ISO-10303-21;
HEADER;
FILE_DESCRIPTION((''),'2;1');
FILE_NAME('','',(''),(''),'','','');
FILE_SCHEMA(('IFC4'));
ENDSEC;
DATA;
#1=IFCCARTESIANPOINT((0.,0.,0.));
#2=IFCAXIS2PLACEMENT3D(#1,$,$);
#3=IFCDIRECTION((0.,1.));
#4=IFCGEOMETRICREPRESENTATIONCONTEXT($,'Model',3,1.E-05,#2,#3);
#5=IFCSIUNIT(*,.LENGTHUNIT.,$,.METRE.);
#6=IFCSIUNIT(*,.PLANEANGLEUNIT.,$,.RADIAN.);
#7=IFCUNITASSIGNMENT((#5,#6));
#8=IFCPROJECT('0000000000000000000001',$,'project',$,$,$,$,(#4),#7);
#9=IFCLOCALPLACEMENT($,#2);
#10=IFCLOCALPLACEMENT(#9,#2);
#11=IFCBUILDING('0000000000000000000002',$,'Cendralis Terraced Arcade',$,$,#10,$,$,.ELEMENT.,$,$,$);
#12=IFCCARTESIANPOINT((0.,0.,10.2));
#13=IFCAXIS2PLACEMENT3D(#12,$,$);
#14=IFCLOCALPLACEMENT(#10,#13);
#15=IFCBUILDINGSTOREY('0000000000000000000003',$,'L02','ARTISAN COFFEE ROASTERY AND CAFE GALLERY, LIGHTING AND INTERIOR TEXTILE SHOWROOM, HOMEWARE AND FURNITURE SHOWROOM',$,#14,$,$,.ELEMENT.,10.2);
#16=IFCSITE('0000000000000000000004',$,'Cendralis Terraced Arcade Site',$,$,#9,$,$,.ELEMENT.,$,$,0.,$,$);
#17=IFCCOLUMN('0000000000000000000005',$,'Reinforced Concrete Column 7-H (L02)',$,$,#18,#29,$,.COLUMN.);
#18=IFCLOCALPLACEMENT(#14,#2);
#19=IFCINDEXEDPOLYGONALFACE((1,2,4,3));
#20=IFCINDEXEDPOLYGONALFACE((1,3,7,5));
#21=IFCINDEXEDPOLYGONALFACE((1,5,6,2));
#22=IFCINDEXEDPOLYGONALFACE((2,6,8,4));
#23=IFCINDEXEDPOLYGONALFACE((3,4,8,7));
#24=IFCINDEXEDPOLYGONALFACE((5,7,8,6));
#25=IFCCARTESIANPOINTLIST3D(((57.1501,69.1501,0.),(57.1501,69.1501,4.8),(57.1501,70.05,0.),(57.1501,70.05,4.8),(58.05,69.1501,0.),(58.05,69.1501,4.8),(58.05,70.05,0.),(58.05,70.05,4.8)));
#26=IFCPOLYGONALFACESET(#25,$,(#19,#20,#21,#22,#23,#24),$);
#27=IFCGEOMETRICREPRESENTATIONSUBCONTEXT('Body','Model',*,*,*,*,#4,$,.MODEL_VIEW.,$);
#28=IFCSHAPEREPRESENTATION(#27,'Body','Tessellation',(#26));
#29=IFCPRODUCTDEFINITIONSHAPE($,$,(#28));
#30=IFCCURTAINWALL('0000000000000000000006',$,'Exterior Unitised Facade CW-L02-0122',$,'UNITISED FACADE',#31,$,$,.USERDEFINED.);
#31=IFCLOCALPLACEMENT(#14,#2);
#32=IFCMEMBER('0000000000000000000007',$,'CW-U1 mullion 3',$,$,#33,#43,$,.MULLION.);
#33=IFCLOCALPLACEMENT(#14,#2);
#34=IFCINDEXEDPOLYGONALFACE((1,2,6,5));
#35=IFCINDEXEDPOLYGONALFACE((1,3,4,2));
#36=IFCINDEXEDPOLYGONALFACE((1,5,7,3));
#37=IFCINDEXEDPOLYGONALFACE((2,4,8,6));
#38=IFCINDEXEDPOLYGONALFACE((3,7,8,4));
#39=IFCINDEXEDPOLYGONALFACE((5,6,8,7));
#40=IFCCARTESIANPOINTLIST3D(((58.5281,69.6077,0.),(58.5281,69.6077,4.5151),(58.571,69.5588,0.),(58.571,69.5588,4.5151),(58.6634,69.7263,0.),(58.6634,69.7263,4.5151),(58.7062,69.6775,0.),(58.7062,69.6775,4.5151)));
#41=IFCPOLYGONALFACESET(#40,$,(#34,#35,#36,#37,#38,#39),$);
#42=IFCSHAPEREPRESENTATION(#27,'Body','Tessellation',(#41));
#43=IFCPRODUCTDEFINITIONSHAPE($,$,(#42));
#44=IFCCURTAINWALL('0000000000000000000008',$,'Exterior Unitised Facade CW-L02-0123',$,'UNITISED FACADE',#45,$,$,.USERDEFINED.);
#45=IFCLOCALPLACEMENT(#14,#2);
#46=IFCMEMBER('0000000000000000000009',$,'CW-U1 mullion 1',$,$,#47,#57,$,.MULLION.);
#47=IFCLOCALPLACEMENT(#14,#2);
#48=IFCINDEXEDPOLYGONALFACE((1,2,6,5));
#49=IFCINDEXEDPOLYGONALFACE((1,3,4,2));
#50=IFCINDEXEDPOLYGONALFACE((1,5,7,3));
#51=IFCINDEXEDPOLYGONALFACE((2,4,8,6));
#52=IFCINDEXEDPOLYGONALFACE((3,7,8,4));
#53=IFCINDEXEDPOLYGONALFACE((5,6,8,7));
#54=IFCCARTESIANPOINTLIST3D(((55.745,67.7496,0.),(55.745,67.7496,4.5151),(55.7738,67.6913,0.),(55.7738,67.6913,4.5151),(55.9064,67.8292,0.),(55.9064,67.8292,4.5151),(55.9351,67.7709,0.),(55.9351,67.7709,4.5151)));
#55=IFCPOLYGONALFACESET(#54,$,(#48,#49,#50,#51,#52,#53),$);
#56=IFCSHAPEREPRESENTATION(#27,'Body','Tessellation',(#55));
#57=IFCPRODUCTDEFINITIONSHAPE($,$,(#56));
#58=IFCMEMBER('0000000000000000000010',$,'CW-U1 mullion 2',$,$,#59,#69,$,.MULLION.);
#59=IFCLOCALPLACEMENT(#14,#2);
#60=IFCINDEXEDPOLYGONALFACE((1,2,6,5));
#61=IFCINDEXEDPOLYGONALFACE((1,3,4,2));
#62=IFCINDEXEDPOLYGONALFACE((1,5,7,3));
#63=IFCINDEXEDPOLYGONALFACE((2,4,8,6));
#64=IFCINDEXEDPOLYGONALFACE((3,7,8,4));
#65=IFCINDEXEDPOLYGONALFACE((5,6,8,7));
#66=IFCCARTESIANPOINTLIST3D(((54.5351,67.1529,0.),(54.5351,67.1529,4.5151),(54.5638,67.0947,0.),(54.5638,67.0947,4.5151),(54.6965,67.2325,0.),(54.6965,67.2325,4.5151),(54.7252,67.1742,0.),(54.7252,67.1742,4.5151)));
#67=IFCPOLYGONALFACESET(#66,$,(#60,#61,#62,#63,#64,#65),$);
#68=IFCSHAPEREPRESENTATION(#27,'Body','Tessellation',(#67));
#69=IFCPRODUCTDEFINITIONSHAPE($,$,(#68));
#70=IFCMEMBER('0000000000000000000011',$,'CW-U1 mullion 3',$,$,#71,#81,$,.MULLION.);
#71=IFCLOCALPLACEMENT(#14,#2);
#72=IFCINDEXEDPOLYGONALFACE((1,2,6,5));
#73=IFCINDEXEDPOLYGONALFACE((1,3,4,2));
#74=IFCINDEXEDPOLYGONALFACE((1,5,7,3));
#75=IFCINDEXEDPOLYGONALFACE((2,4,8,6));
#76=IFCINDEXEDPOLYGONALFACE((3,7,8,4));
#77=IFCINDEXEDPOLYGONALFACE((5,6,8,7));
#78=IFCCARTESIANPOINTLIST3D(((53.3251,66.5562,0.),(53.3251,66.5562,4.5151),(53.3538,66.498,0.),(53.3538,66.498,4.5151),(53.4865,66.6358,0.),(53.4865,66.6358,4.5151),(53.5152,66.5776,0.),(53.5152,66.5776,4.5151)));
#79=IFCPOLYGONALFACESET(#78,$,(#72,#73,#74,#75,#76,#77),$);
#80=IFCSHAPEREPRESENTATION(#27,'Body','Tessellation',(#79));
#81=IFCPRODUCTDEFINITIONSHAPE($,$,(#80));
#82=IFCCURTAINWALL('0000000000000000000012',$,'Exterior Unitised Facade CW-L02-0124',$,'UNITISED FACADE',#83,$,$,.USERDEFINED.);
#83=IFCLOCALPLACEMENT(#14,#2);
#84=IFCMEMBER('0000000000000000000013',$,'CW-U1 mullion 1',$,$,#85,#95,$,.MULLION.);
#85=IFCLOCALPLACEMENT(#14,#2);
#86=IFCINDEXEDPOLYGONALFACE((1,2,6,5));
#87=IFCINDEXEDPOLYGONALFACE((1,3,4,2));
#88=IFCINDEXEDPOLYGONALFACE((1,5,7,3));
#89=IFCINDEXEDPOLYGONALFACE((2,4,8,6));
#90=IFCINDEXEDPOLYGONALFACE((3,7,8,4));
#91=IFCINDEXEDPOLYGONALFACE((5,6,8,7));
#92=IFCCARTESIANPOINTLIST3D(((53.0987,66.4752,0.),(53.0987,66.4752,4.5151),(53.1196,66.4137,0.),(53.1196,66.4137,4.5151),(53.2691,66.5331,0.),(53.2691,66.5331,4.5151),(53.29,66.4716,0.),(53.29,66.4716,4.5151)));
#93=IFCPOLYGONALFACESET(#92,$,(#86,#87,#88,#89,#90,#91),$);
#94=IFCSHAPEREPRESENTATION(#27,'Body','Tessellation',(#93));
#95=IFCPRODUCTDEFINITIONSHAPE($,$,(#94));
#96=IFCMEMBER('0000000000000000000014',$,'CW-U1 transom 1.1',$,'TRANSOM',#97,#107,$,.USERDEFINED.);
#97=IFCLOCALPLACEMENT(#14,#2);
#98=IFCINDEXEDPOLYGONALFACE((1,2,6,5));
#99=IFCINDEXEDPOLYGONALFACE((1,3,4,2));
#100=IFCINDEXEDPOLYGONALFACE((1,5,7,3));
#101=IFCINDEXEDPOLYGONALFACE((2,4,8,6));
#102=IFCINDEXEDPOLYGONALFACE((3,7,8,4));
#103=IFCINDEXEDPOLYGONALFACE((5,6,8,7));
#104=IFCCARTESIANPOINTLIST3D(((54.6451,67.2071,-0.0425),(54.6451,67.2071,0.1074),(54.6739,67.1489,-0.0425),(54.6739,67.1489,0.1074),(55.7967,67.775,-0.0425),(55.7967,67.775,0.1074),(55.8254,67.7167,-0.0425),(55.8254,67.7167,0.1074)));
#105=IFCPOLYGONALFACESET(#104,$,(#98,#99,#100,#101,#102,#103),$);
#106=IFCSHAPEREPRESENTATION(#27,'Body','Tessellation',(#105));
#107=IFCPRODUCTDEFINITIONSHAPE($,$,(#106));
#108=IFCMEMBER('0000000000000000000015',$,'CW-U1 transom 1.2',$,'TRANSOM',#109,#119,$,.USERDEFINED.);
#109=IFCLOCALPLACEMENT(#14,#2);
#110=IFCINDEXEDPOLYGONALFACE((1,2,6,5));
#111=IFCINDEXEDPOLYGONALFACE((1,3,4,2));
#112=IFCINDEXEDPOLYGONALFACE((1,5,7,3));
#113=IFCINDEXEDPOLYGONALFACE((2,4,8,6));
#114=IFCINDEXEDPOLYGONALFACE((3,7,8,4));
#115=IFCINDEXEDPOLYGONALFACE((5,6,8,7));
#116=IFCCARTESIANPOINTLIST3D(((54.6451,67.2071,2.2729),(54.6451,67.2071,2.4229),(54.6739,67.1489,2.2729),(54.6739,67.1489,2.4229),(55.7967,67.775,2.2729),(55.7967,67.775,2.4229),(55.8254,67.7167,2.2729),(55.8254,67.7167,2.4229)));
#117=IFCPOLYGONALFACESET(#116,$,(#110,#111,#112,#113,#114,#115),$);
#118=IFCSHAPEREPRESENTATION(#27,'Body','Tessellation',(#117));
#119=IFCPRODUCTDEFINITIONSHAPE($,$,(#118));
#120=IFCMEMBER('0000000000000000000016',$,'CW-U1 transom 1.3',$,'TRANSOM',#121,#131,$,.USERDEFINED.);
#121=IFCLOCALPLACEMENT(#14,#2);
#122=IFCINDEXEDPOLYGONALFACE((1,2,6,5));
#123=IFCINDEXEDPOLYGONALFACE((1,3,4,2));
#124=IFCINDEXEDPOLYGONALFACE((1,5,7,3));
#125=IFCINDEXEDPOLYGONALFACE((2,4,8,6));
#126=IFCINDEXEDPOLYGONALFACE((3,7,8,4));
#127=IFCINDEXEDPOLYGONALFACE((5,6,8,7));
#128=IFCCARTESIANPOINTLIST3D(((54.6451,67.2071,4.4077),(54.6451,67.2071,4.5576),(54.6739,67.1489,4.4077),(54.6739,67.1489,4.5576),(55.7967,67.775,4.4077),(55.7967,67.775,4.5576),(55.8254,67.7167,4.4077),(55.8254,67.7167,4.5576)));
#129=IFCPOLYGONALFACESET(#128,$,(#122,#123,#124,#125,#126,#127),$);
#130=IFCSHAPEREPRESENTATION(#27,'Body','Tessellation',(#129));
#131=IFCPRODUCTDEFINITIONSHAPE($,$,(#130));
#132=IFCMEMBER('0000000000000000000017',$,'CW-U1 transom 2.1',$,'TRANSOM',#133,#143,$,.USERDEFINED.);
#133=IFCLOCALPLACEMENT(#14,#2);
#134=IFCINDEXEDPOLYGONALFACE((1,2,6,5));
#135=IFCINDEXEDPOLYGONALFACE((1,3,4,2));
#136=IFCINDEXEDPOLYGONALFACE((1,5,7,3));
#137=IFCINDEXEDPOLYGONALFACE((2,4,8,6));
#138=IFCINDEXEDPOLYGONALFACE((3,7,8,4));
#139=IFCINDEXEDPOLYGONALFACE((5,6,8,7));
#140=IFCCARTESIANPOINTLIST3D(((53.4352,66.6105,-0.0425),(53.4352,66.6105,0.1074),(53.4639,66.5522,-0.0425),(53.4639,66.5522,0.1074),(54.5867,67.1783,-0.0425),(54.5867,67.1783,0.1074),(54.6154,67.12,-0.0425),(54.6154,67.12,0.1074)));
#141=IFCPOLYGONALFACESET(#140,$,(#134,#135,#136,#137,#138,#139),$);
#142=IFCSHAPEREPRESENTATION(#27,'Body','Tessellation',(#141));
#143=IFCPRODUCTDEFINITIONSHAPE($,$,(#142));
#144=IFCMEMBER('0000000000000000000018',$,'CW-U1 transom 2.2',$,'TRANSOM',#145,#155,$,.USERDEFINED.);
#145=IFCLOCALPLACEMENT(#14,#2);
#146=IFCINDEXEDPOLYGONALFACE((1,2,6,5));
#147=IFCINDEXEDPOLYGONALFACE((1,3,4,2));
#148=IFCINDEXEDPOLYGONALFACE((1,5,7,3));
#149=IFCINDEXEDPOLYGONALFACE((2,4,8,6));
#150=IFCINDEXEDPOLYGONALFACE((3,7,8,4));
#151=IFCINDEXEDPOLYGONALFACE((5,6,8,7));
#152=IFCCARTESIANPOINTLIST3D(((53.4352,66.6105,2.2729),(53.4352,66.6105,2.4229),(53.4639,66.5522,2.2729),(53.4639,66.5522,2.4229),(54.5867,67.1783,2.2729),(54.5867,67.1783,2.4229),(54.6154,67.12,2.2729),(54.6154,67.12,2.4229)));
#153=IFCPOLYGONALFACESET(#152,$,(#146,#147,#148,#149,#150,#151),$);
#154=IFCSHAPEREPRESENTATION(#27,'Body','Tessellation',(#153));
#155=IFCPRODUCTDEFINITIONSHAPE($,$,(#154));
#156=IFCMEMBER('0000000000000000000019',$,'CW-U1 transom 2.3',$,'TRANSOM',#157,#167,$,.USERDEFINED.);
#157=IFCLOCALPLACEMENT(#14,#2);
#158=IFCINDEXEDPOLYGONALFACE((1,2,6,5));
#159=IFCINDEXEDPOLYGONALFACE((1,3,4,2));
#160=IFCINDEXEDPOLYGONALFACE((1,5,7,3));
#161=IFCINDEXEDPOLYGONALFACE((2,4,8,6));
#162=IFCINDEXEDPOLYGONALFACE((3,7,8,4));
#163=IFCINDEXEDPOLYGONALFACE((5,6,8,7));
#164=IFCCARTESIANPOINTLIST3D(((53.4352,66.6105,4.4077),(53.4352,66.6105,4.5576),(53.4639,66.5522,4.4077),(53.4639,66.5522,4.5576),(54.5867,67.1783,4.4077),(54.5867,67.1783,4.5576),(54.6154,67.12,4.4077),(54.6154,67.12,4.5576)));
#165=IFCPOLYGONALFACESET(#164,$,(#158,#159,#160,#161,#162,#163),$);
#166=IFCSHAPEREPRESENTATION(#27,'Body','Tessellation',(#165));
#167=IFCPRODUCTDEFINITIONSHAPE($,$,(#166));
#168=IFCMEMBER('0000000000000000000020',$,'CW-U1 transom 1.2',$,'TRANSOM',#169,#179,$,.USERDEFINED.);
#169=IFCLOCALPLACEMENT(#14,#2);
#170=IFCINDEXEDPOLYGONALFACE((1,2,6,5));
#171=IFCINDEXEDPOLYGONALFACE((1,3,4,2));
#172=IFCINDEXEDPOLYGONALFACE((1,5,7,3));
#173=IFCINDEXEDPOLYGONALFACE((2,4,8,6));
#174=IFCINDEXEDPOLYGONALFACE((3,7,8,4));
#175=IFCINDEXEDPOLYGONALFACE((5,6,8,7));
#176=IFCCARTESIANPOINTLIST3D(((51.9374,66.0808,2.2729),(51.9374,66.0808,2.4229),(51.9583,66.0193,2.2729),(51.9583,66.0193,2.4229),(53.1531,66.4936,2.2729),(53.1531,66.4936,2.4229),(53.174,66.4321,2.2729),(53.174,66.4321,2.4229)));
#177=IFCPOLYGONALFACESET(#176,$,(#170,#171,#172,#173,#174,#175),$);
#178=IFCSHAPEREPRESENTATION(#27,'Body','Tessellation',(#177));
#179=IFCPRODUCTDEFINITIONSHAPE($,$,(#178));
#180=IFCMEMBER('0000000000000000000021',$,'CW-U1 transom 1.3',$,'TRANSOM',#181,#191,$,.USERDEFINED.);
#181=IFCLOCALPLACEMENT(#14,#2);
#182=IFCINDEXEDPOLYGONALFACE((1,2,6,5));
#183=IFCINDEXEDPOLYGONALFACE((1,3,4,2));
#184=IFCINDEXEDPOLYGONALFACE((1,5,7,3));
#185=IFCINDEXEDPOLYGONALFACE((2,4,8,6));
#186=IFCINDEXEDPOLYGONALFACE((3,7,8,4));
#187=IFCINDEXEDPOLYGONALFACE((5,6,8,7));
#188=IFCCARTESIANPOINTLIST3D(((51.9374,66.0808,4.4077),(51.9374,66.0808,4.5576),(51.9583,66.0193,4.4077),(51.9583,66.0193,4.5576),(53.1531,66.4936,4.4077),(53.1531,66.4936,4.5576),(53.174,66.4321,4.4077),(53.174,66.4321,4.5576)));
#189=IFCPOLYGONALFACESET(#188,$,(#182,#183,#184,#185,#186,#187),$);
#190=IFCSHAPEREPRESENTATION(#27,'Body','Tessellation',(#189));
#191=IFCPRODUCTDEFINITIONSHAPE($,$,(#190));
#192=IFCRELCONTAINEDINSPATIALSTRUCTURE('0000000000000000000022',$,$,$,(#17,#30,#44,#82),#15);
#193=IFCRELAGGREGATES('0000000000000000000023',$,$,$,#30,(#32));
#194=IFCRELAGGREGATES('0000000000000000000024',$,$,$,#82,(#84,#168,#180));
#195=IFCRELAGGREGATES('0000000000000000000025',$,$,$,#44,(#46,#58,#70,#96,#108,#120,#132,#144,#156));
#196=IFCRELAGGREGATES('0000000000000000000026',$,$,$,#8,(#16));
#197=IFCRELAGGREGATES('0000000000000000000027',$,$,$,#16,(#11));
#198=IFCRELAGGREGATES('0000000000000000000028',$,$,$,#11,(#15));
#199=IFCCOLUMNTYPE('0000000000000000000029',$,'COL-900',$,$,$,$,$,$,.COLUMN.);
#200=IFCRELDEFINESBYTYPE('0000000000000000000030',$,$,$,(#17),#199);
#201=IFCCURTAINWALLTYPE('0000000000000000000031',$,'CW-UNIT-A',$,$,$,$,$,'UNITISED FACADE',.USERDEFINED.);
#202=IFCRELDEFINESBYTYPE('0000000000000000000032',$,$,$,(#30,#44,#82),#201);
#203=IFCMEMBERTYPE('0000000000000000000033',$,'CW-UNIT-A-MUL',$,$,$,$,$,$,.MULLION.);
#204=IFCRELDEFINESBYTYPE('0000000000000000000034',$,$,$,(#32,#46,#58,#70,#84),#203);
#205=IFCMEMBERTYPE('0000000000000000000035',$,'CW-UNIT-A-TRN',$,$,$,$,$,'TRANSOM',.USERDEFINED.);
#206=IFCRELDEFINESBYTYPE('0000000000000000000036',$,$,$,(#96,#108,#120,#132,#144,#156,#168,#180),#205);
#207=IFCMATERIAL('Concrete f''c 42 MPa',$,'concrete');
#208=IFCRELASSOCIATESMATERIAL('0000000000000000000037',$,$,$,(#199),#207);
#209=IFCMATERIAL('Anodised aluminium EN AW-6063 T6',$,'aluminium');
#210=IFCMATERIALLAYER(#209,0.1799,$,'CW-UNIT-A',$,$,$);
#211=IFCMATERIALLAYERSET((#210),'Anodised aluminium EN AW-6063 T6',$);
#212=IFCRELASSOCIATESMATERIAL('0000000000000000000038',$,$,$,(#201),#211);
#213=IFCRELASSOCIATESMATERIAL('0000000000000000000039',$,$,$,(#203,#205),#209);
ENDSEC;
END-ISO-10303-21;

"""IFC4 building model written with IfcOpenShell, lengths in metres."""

from ifc_helpers import new_model, si_unit, direction, frame, origin, origin_2d, place, context, subcontext, project, spatial, rectangle, extrude, material, layer, layer_set, material_profile, profile_set, type_object, element, aggregate, save


model = new_model("IFC4")

# Units and contexts
model_context = context("Model", 3, precision=1e-05, world=origin(), true_north=direction((0.0, 1.0)))
body_context = subcontext(model_context, "Body", "Model", "MODEL_VIEW")
ifc_project = project(units=[si_unit("LENGTHUNIT", "METRE"), si_unit("PLANEANGLEUNIT", "RADIAN")], contexts=[model_context])

# Site, building, storey
site_placement = place(None, origin())
site = spatial("IfcSite", under=ifc_project, at=site_placement, Name="Cendralis Terraced Arcade Site", CompositionType="ELEMENT", RefElevation=0.0)
building_placement = place(site_placement, origin())
building = spatial("IfcBuilding", under=site, at=building_placement, Name="Cendralis Terraced Arcade", CompositionType="ELEMENT")
storey_placement = place(building_placement, frame((0.0, 0.0, 10.2)))
storey = spatial("IfcBuildingStorey", under=building, at=storey_placement, Name="L02", Description="ARTISAN COFFEE ROASTERY AND CAFE GALLERY, LIGHTING AND INTERIOR TEXTILE SHOWROOM, HOMEWARE AND FURNITURE SHOWROOM", CompositionType="ELEMENT", Elevation=10.2)

# Column
ifc_material_1 = material(Name="Concrete f'c 42 MPa", Category="concrete")
ifc_material_profile_1 = material_profile(ifc_material_1, rectangle(XDim=0.8999, YDim=0.8999, at=origin_2d()), Name="RC-COL-900x900", Category="LoadBearing")
ifc_profile_set_1 = profile_set([ifc_material_profile_1], Name="Concrete f'c 42 MPa")
column_type = type_object("IfcColumnType", Name="COL-900", PredefinedType="COLUMN", material=ifc_profile_set_1)
column_placement = place(storey_placement, frame((57.6001, 69.6001, 0.0), z_axis=(0.0, 0.0, 1.0), x_axis=(1.0, 0.0, 0.0)))
element("IfcColumn", 1, at=column_placement, inside=storey, type_object=column_type, Name="Reinforced Concrete Column 7-H (L02)", PredefinedType="COLUMN", context=body_context, shape_type="SweptSolid", body=[
    extrude(rectangle(XDim=0.8999, YDim=0.8999, at=origin_2d()), origin(), (0.0, 0.0, 1.0), 4.8),
])

# Curtain wall, member
ifc_material_2 = material(Name="Anodised aluminium EN AW-6063 T6", Category="aluminium")
ifc_layer_1 = layer(ifc_material_2, 0.1799, Name="CW-UNIT-A")
ifc_layer_set_1 = layer_set([ifc_layer_1], Name="Anodised aluminium EN AW-6063 T6")
curtain_wall_type = type_object("IfcCurtainWallType", Name="CW-UNIT-A", ElementType="UNITISED FACADE", PredefinedType="USERDEFINED", material=ifc_layer_set_1)
curtain_wall_1_placement = place(storey_placement, origin())
curtain_wall_1 = element("IfcCurtainWall", 2, at=curtain_wall_1_placement, inside=storey, type_object=curtain_wall_type, Name="Exterior Unitised Facade CW-L02-0122", ObjectType="UNITISED FACADE", PredefinedType="USERDEFINED")
ifc_material_profile_2 = material_profile(ifc_material_2, rectangle(XDim=0.0649, YDim=0.1799, at=origin_2d()), Name="ALU-MUL-65x180")
ifc_profile_set_2 = profile_set([ifc_material_profile_2], Name="Anodised aluminium EN AW-6063 T6")
member_type_1 = type_object("IfcMemberType", Name="CW-UNIT-A-MUL", PredefinedType="MULLION", material=ifc_profile_set_2)
member_1_placement = place(storey_placement, frame((58.6172, 69.6426, 0.0), z_axis=(0.0, 0.0, 1.0), x_axis=(0.659372, -0.751816, 0.0)))
member_1 = element("IfcMember", 3, at=member_1_placement, type_object=member_type_1, Name="CW-U1 mullion 3", PredefinedType="MULLION", context=body_context, shape_type="SweptSolid", body=[
    extrude(rectangle(XDim=0.0649, YDim=0.1799, at=origin_2d()), origin(), (0.0, 0.0, 1.0), 4.5151),
])
aggregate(curtain_wall_1, [member_1])

# Curtain wall, members
curtain_wall_2_placement = place(storey_placement, origin())
curtain_wall_2 = element("IfcCurtainWall", 4, at=curtain_wall_2_placement, inside=storey, type_object=curtain_wall_type, Name="Exterior Unitised Facade CW-L02-0123", ObjectType="UNITISED FACADE", PredefinedType="USERDEFINED")
member_2_placement = place(storey_placement, frame((55.8401, 67.7603, 0.0), z_axis=(0.0, 0.0, 1.0), x_axis=(0.442285, -0.896875, 0.0)))
member_2 = element("IfcMember", 5, at=member_2_placement, type_object=member_type_1, Name="CW-U1 mullion 1", PredefinedType="MULLION", context=body_context, shape_type="SweptSolid", body=[
    extrude(rectangle(XDim=0.0649, YDim=0.1799, at=origin_2d()), origin(), (0.0, 0.0, 1.0), 4.5151),
])
member_3_placement = place(storey_placement, frame((54.6301, 67.1636, 0.0), z_axis=(0.0, 0.0, 1.0), x_axis=(0.442285, -0.896875, 0.0)))
member_3 = element("IfcMember", 6, at=member_3_placement, type_object=member_type_1, Name="CW-U1 mullion 2", PredefinedType="MULLION", context=body_context, shape_type="SweptSolid", body=[
    extrude(rectangle(XDim=0.0649, YDim=0.1799, at=origin_2d()), origin(), (0.0, 0.0, 1.0), 4.5151),
])
member_4_placement = place(storey_placement, frame((53.4202, 66.5669, 0.0), z_axis=(0.0, 0.0, 1.0), x_axis=(0.442285, -0.896875, 0.0)))
member_4 = element("IfcMember", 7, at=member_4_placement, type_object=member_type_1, Name="CW-U1 mullion 3", PredefinedType="MULLION", context=body_context, shape_type="SweptSolid", body=[
    extrude(rectangle(XDim=0.0649, YDim=0.1799, at=origin_2d()), origin(), (0.0, 0.0, 1.0), 4.5151),
])

# Curtain wall, member
curtain_wall_3_placement = place(storey_placement, origin())
curtain_wall_3 = element("IfcCurtainWall", 8, at=curtain_wall_3_placement, inside=storey, type_object=curtain_wall_type, Name="Exterior Unitised Facade CW-L02-0124", ObjectType="UNITISED FACADE", PredefinedType="USERDEFINED")
member_5_placement = place(storey_placement, frame((53.1943, 66.4734, 0.0), z_axis=(0.0, 0.0, 1.0), x_axis=(0.321434, -0.946932, 0.0)))
member_5 = element("IfcMember", 9, at=member_5_placement, type_object=member_type_1, Name="CW-U1 mullion 1", PredefinedType="MULLION", context=body_context, shape_type="SweptSolid", body=[
    extrude(rectangle(XDim=0.0649, YDim=0.1799, at=origin_2d()), origin(), (0.0, 0.0, 1.0), 4.5151),
])

# Members
ifc_material_profile_3 = material_profile(ifc_material_2, rectangle(XDim=0.0649, YDim=0.1499, at=origin_2d()), Name="ALU-TRN-65x150")
ifc_profile_set_3 = profile_set([ifc_material_profile_3], Name="Anodised aluminium EN AW-6063 T6")
member_type_2 = type_object("IfcMemberType", Name="CW-UNIT-A-TRN", ElementType="TRANSOM", PredefinedType="USERDEFINED", material=ifc_profile_set_3)
member_6_placement = place(storey_placement, frame((55.811, 67.7458, 0.0325), z_axis=(-0.896885, -0.442263, 0.0), x_axis=(0.442263, -0.896885, 0.0)))
member_6 = element("IfcMember", 10, at=member_6_placement, type_object=member_type_2, Name="CW-U1 transom 1.1", ObjectType="TRANSOM", PredefinedType="USERDEFINED", context=body_context, shape_type="SweptSolid", body=[
    extrude(rectangle(XDim=0.0649, YDim=0.1499, at=origin_2d()), origin(), (0.0, 0.0, 1.0), 1.2839),
])
member_7_placement = place(storey_placement, frame((55.811, 67.7458, 2.3479), z_axis=(-0.896885, -0.442263, 0.0), x_axis=(0.442263, -0.896885, 0.0)))
member_7 = element("IfcMember", 11, at=member_7_placement, type_object=member_type_2, Name="CW-U1 transom 1.2", ObjectType="TRANSOM", PredefinedType="USERDEFINED", context=body_context, shape_type="SweptSolid", body=[
    extrude(rectangle(XDim=0.0649, YDim=0.1499, at=origin_2d()), origin(), (0.0, 0.0, 1.0), 1.2839),
])
member_8_placement = place(storey_placement, frame((55.811, 67.7458, 4.4827), z_axis=(-0.896885, -0.442263, 0.0), x_axis=(0.442263, -0.896885, 0.0)))
member_8 = element("IfcMember", 12, at=member_8_placement, type_object=member_type_2, Name="CW-U1 transom 1.3", ObjectType="TRANSOM", PredefinedType="USERDEFINED", context=body_context, shape_type="SweptSolid", body=[
    extrude(rectangle(XDim=0.0649, YDim=0.1499, at=origin_2d()), origin(), (0.0, 0.0, 1.0), 1.2839),
])
member_9_placement = place(storey_placement, frame((54.6011, 67.1492, 0.0325), z_axis=(-0.896885, -0.442263, 0.0), x_axis=(0.442263, -0.896885, 0.0)))
member_9 = element("IfcMember", 13, at=member_9_placement, type_object=member_type_2, Name="CW-U1 transom 2.1", ObjectType="TRANSOM", PredefinedType="USERDEFINED", context=body_context, shape_type="SweptSolid", body=[
    extrude(rectangle(XDim=0.0649, YDim=0.1499, at=origin_2d()), origin(), (0.0, 0.0, 1.0), 1.2839),
])
member_10_placement = place(storey_placement, frame((54.6011, 67.1492, 2.3479), z_axis=(-0.896885, -0.442263, 0.0), x_axis=(0.442263, -0.896885, 0.0)))
member_10 = element("IfcMember", 14, at=member_10_placement, type_object=member_type_2, Name="CW-U1 transom 2.2", ObjectType="TRANSOM", PredefinedType="USERDEFINED", context=body_context, shape_type="SweptSolid", body=[
    extrude(rectangle(XDim=0.0649, YDim=0.1499, at=origin_2d()), origin(), (0.0, 0.0, 1.0), 1.2839),
])
member_11_placement = place(storey_placement, frame((54.6011, 67.1492, 4.4827), z_axis=(-0.896885, -0.442263, 0.0), x_axis=(0.442263, -0.896885, 0.0)))
member_11 = element("IfcMember", 15, at=member_11_placement, type_object=member_type_2, Name="CW-U1 transom 2.3", ObjectType="TRANSOM", PredefinedType="USERDEFINED", context=body_context, shape_type="SweptSolid", body=[
    extrude(rectangle(XDim=0.0649, YDim=0.1499, at=origin_2d()), origin(), (0.0, 0.0, 1.0), 1.2839),
])
member_12_placement = place(storey_placement, frame((53.1636, 66.4629, 2.3479), z_axis=(-0.9469, -0.321528, 0.0), x_axis=(0.321528, -0.9469, 0.0)))
member_12 = element("IfcMember", 16, at=member_12_placement, type_object=member_type_2, Name="CW-U1 transom 1.2", ObjectType="TRANSOM", PredefinedType="USERDEFINED", context=body_context, shape_type="SweptSolid", body=[
    extrude(rectangle(XDim=0.0649, YDim=0.1499, at=origin_2d()), origin(), (0.0, 0.0, 1.0), 1.2839),
])
member_13_placement = place(storey_placement, frame((53.1636, 66.4629, 4.4827), z_axis=(-0.9469, -0.321528, 0.0), x_axis=(0.321528, -0.9469, 0.0)))
member_13 = element("IfcMember", 17, at=member_13_placement, type_object=member_type_2, Name="CW-U1 transom 1.3", ObjectType="TRANSOM", PredefinedType="USERDEFINED", context=body_context, shape_type="SweptSolid", body=[
    extrude(rectangle(XDim=0.0649, YDim=0.1499, at=origin_2d()), origin(), (0.0, 0.0, 1.0), 1.2839),
])
aggregate(curtain_wall_3, [member_5, member_12, member_13])

aggregate(curtain_wall_2, [member_2, member_3, member_4, member_6, member_7, member_8, member_9, member_10, member_11])

save(model, "model.ifc")
